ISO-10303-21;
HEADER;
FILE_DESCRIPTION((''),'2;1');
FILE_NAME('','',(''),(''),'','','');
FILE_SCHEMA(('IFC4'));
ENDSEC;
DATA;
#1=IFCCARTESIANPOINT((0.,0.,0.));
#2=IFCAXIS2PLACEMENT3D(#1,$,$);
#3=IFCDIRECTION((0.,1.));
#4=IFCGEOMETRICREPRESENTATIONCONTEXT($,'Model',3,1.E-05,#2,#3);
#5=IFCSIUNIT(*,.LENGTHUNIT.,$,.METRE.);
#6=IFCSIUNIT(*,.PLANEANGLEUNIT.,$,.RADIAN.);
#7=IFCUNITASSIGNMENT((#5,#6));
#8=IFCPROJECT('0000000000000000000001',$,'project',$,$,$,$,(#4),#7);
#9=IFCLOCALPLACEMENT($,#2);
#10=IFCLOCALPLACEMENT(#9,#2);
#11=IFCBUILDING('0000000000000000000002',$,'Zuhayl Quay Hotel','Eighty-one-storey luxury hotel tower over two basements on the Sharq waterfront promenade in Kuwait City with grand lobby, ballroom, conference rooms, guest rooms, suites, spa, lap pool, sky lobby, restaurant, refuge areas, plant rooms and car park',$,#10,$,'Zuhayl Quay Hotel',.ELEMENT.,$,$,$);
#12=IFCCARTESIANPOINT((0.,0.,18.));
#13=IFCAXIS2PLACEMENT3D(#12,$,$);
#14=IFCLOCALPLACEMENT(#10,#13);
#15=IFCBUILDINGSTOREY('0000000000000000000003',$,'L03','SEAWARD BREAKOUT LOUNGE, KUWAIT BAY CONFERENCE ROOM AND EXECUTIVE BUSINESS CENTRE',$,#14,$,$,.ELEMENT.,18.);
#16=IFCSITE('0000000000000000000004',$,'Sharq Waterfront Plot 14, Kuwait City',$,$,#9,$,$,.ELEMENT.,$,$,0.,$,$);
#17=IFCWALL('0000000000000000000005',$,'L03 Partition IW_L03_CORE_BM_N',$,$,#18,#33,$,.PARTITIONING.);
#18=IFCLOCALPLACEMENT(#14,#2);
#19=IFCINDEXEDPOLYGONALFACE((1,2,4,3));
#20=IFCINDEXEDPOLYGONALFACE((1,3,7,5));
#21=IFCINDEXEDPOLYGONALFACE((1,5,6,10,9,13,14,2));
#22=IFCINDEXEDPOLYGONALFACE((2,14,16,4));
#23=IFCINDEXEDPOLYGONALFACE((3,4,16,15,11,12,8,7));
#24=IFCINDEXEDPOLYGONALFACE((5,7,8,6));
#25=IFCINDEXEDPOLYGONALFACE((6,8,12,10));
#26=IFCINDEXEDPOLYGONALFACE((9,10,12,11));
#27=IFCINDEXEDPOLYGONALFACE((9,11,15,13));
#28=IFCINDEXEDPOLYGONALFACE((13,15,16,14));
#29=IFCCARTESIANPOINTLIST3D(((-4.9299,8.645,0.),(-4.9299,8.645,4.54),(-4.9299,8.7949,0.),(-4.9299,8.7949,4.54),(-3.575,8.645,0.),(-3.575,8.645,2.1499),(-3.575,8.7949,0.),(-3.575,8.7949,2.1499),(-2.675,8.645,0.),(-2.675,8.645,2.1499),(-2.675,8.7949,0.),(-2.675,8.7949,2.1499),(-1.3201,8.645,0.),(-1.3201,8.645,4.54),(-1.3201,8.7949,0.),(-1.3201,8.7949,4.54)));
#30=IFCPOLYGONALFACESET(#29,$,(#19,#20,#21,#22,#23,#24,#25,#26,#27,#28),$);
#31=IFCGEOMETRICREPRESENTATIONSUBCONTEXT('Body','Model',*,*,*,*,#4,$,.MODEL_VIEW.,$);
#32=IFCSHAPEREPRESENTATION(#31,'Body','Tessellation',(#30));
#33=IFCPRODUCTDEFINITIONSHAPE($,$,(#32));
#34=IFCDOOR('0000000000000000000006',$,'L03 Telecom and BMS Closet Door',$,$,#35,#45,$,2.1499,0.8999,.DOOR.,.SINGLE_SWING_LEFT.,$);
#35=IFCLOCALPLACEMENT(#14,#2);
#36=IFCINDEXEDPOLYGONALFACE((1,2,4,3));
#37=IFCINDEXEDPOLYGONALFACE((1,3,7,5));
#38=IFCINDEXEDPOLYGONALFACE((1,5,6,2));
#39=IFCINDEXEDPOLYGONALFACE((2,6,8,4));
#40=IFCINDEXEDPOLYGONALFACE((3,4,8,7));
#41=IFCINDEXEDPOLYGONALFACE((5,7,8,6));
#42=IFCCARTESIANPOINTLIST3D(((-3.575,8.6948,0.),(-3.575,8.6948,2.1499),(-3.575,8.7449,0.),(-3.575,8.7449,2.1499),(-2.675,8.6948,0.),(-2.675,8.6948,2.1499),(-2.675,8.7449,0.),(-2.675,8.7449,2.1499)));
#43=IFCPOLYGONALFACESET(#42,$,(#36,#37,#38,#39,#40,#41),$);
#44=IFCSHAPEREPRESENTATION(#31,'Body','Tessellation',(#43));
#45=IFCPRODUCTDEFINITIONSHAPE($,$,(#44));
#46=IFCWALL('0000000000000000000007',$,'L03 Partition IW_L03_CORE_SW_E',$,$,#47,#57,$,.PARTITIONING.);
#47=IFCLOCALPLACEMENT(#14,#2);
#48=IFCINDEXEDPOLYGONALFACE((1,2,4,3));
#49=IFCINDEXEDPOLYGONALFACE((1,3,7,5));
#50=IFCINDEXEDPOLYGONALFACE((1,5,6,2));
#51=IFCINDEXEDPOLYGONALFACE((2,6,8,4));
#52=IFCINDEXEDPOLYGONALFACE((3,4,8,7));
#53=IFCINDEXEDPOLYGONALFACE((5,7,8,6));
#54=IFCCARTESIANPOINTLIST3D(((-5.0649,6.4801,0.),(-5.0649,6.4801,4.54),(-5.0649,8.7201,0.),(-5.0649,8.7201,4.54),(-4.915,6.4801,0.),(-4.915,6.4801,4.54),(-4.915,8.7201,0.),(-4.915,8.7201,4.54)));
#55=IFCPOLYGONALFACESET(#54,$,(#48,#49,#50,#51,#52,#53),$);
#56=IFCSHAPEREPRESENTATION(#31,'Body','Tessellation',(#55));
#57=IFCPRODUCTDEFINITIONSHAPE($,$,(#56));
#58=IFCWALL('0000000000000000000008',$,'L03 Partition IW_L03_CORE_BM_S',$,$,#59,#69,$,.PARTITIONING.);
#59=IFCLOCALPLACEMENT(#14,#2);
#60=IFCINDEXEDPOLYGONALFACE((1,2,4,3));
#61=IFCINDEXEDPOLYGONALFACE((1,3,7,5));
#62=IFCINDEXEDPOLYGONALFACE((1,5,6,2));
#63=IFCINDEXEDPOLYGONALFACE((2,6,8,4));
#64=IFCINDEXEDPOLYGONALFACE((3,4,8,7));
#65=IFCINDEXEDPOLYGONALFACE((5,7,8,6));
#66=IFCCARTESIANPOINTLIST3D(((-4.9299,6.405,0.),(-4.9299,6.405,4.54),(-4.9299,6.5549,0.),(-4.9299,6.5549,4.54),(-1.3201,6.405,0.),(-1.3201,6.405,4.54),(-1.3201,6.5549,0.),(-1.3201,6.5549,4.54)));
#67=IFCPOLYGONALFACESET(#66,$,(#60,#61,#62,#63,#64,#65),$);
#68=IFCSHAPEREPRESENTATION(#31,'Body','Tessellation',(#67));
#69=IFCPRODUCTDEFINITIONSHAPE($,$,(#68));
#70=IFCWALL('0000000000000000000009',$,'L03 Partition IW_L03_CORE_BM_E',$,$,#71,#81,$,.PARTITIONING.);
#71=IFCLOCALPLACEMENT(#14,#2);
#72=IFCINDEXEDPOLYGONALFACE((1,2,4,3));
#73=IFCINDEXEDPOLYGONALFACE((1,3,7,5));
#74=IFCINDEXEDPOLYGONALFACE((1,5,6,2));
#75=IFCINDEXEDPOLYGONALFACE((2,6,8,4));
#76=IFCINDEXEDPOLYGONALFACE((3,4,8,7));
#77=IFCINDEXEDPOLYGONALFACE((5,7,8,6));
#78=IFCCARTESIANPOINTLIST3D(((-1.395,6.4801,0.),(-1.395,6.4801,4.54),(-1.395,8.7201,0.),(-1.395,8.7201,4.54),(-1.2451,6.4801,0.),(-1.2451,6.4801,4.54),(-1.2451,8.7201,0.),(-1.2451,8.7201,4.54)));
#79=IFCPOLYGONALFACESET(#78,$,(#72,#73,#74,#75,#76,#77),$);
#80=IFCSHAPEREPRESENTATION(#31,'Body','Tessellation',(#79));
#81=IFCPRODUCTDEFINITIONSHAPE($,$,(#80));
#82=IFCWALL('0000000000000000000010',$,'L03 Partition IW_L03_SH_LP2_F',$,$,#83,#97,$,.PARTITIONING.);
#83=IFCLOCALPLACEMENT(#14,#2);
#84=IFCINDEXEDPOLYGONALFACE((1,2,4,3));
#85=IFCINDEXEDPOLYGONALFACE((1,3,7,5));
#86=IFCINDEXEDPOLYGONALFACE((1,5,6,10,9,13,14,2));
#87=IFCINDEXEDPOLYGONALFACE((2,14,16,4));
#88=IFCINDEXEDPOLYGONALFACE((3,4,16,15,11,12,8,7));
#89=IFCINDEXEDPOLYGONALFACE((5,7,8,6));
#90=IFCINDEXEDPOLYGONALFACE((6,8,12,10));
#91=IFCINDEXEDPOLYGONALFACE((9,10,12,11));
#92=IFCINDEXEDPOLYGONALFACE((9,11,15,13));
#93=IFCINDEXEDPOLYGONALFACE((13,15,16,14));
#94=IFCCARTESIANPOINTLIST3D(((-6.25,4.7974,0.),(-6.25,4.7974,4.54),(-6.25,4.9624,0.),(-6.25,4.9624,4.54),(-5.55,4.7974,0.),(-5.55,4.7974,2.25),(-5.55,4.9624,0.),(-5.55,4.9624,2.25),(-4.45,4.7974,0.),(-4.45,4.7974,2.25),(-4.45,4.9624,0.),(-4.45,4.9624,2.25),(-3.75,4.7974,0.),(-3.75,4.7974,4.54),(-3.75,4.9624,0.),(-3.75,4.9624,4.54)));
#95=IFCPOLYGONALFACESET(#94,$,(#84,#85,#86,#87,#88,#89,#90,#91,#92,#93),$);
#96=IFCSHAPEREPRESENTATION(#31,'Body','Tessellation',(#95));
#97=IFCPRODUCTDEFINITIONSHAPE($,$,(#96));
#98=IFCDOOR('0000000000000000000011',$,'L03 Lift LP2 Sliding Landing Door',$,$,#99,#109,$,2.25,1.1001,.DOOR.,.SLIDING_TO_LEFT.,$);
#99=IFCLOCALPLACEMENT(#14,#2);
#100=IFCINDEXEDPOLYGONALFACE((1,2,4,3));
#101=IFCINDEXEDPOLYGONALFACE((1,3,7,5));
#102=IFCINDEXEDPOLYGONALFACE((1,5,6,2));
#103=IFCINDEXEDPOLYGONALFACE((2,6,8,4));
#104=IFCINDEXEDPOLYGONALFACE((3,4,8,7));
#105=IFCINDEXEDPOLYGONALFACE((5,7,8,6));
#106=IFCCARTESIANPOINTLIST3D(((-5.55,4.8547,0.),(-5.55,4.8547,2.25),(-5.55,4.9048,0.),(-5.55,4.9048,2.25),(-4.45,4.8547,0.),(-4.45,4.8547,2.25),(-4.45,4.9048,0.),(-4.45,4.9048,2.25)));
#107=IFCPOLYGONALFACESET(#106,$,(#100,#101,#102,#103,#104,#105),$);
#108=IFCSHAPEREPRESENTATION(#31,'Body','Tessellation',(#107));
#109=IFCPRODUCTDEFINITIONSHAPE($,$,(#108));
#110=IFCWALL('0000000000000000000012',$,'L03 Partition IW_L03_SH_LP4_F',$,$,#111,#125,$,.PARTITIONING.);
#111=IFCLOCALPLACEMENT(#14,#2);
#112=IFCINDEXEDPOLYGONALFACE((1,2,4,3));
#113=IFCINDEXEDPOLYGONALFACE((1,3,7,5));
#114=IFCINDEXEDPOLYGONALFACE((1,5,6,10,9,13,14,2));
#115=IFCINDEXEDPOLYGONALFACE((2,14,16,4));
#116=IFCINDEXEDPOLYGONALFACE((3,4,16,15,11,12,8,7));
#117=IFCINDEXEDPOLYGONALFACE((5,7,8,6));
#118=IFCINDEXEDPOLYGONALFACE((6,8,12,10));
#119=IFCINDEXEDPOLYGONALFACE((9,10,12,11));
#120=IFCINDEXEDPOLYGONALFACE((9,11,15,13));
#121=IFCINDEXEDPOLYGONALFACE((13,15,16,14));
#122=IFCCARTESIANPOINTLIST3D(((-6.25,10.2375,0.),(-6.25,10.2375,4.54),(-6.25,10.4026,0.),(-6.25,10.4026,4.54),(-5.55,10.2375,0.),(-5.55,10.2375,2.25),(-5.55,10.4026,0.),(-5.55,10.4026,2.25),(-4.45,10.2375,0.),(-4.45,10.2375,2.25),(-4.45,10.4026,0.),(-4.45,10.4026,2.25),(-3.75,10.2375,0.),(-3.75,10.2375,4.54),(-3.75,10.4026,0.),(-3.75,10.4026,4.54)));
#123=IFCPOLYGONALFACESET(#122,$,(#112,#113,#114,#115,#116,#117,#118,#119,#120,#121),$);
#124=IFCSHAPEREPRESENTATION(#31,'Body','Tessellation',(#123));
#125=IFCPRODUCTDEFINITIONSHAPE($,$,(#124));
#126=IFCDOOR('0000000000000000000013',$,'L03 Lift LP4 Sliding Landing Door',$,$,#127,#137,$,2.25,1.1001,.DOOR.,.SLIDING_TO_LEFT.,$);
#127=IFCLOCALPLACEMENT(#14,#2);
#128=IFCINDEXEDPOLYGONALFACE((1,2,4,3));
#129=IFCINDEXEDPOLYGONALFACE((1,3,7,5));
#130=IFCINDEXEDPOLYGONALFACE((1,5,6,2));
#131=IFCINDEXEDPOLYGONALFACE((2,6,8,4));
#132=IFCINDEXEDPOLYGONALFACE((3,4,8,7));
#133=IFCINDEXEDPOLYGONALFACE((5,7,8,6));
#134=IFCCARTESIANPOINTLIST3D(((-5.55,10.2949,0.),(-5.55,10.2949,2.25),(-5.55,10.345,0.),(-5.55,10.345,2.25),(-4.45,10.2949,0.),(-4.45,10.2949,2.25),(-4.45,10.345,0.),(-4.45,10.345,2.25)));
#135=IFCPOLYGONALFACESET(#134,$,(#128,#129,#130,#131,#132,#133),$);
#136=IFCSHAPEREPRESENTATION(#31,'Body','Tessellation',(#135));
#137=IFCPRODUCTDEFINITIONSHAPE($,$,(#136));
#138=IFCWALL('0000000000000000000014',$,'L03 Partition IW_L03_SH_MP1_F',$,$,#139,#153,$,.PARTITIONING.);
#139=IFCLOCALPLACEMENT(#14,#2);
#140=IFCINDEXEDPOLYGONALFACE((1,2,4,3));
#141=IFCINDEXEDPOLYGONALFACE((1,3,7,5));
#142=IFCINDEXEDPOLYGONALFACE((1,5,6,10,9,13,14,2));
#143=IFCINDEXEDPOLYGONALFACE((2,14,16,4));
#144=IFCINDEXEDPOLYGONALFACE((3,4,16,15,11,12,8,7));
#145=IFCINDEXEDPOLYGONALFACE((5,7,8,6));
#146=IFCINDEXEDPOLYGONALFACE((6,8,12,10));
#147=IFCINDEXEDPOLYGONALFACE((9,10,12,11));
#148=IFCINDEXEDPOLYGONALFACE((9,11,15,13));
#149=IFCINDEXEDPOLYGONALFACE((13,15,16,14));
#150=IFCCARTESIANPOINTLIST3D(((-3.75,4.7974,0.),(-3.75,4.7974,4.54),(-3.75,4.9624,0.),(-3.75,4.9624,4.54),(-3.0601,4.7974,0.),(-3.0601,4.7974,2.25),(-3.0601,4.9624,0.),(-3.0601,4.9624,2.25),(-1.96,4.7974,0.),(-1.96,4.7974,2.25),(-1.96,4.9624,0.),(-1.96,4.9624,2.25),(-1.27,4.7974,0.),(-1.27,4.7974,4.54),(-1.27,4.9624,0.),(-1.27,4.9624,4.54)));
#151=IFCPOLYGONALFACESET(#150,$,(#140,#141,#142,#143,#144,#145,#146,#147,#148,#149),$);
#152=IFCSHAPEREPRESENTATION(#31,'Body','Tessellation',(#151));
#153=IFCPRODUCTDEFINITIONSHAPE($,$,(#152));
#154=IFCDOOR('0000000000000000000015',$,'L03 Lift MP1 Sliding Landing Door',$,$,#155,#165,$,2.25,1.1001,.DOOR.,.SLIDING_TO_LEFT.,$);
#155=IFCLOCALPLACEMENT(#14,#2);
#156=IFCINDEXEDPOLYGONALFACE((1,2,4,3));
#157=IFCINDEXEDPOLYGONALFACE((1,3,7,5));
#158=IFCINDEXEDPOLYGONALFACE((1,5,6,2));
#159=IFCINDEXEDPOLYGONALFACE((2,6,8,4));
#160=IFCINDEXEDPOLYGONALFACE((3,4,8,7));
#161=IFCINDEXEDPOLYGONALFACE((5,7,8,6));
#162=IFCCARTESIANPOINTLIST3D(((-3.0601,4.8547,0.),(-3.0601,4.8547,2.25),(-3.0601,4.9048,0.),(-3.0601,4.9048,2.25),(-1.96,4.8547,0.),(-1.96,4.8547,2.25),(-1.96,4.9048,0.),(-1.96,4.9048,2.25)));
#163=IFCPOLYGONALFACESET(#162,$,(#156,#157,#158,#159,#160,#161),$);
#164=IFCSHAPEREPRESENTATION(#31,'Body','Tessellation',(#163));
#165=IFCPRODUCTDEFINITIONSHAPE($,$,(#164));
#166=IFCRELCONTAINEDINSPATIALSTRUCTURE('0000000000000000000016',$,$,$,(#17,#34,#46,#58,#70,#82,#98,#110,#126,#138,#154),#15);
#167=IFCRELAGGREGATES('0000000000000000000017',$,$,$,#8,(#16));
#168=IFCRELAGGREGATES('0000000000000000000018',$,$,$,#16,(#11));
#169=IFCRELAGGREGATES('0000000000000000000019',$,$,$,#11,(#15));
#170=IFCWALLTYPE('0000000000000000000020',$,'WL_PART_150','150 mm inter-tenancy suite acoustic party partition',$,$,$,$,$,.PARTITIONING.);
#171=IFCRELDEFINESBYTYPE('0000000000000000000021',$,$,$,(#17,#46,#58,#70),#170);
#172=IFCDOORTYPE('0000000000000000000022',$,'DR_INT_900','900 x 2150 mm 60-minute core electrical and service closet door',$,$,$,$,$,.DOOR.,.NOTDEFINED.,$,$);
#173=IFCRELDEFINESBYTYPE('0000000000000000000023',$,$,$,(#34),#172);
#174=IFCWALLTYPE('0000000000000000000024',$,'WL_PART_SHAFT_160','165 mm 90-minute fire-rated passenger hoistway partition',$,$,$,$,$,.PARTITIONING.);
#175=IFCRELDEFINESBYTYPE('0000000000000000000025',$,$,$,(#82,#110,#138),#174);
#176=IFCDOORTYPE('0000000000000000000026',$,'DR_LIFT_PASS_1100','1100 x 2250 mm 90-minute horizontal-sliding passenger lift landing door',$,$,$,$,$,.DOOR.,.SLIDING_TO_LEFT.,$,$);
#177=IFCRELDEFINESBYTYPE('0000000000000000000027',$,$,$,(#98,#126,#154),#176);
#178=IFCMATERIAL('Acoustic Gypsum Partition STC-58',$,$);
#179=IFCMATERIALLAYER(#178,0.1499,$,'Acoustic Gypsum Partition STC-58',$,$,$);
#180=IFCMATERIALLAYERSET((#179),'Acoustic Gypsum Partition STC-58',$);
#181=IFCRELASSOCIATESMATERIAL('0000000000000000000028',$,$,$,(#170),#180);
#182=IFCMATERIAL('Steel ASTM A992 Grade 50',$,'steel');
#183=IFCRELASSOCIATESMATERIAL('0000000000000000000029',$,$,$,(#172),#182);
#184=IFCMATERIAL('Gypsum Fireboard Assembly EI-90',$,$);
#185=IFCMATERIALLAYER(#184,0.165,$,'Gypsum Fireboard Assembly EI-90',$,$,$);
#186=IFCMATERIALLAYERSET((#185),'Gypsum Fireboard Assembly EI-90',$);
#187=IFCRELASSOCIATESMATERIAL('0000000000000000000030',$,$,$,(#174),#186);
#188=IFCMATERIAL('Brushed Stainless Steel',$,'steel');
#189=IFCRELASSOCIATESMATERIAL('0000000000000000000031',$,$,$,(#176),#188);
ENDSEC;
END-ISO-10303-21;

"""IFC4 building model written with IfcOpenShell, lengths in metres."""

from ifc_helpers import new_model, si_unit, direction, frame, frame_2d, origin, place, context, subcontext, project, spatial, rectangle, extrude, material, layer, layer_set, type_object, element, fill, save


model = new_model("IFC4")

# Units and contexts
model_context = context("Model", 3, precision=1e-05, world=origin(), true_north=direction((0.0, 1.0)))
body_context = subcontext(model_context, "Body", "Model", "MODEL_VIEW")
ifc_project = project(units=[si_unit("LENGTHUNIT", "METRE"), si_unit("PLANEANGLEUNIT", "RADIAN")], contexts=[model_context])

# Site, building, storey
site_placement = place(None, origin())
site = spatial("IfcSite", under=ifc_project, at=site_placement, Name="Sharq Waterfront Plot 14, Kuwait City", CompositionType="ELEMENT", RefElevation=0.0)
building_placement = place(site_placement, origin())
building = spatial("IfcBuilding", under=site, at=building_placement, Name="Zuhayl Quay Hotel", Description="Eighty-one-storey luxury hotel tower over two basements on the Sharq waterfront promenade in Kuwait City with grand lobby, ballroom, conference rooms, guest rooms, suites, spa, lap pool, sky lobby, restaurant, refuge areas, plant rooms and car park", LongName="Zuhayl Quay Hotel", CompositionType="ELEMENT")
storey_placement = place(building_placement, frame((0.0, 0.0, 18.0)))
storey = spatial("IfcBuildingStorey", under=building, at=storey_placement, Name="L03", Description="SEAWARD BREAKOUT LOUNGE, KUWAIT BAY CONFERENCE ROOM AND EXECUTIVE BUSINESS CENTRE", CompositionType="ELEMENT", Elevation=18.0)

# Wall, opening, door
ifc_material_1 = material(Name="Acoustic Gypsum Partition STC-58")
ifc_layer_1 = layer(ifc_material_1, 0.1499, Name="Acoustic Gypsum Partition STC-58")
ifc_layer_set_1 = layer_set([ifc_layer_1], Name="Acoustic Gypsum Partition STC-58")
wall_type_1 = type_object("IfcWallType", Name="WL_PART_150", Description="150 mm inter-tenancy suite acoustic party partition", PredefinedType="PARTITIONING", material=ifc_layer_set_1)
wall_1_placement = place(storey_placement, frame((-4.9299, 8.72, 0.0), z_axis=(0.0, 0.0, 1.0), x_axis=(1.0, 0.0, 0.0)))
wall_1 = element("IfcWall", 1, at=wall_1_placement, inside=storey, type_object=wall_type_1, Name="L03 Partition IW_L03_CORE_BM_N", PredefinedType="PARTITIONING", context=body_context, shape_type="SweptSolid", body=[
    extrude(rectangle(XDim=3.6099, YDim=0.1499, at=frame_2d((1.8049, 0.0))), origin(), (0.0, 0.0, 1.0), 4.54),
])
opening_1_placement = place(wall_1_placement, frame((1.355, 0.0, 0.0)))
opening_1 = element("IfcOpeningElement", 2, at=opening_1_placement, cuts=wall_1, PredefinedType="OPENING", context=body_context, shape_type="SweptSolid", body=[
    extrude(rectangle(XDim=0.8999, YDim=2.1499, at=frame_2d((0.45, 1.075))), frame((0.0, 0.085, 0.0), z_axis=(0.0, -1.0, 0.0), x_axis=(1.0, 0.0, 0.0)), (0.0, 0.0, 1.0), 0.1699),
])
ifc_material_2 = material(Name="Steel ASTM A992 Grade 50", Category="steel")
door_type_1 = type_object("IfcDoorType", Name="DR_INT_900", Description="900 x 2150 mm 60-minute core electrical and service closet door", OperationType="NOTDEFINED", PredefinedType="DOOR", material=ifc_material_2)
door_1_placement = place(opening_1_placement, origin())
door_1 = element("IfcDoor", 3, at=door_1_placement, inside=storey, type_object=door_type_1, Name="L03 Telecom and BMS Closet Door", OperationType="SINGLE_SWING_LEFT", OverallHeight=2.1499, OverallWidth=0.8999, PredefinedType="DOOR", context=body_context, shape_type="SweptSolid", body=[
    extrude(rectangle(XDim=0.8999, YDim=2.1499, at=frame_2d((0.45, 1.075))), frame((0.0, 0.0249, 0.0), z_axis=(0.0, -1.0, 0.0), x_axis=(1.0, 0.0, 0.0)), (0.0, 0.0, 1.0), 0.05),
])
fill(opening_1, door_1)

# Walls
wall_2_placement = place(storey_placement, frame((-4.99, 6.48, 0.0), z_axis=(0.0, 0.0, 1.0), x_axis=(0.0, 1.0, 0.0)))
element("IfcWall", 4, at=wall_2_placement, inside=storey, type_object=wall_type_1, Name="L03 Partition IW_L03_CORE_SW_E", PredefinedType="PARTITIONING", context=body_context, shape_type="SweptSolid", body=[
    extrude(rectangle(XDim=2.24, YDim=0.1499, at=frame_2d((1.1201, 0.0))), origin(), (0.0, 0.0, 1.0), 4.54),
])
wall_3_placement = place(storey_placement, frame((-4.9299, 6.48, 0.0), z_axis=(0.0, 0.0, 1.0), x_axis=(1.0, 0.0, 0.0)))
element("IfcWall", 5, at=wall_3_placement, inside=storey, type_object=wall_type_1, Name="L03 Partition IW_L03_CORE_BM_S", PredefinedType="PARTITIONING", context=body_context, shape_type="SweptSolid", body=[
    extrude(rectangle(XDim=3.6099, YDim=0.1499, at=frame_2d((1.8049, 0.0))), origin(), (0.0, 0.0, 1.0), 4.54),
])
wall_4_placement = place(storey_placement, frame((-1.3201, 6.48, 0.0), z_axis=(0.0, 0.0, 1.0), x_axis=(0.0, 1.0, 0.0)))
element("IfcWall", 6, at=wall_4_placement, inside=storey, type_object=wall_type_1, Name="L03 Partition IW_L03_CORE_BM_E", PredefinedType="PARTITIONING", context=body_context, shape_type="SweptSolid", body=[
    extrude(rectangle(XDim=2.24, YDim=0.1499, at=frame_2d((1.1201, 0.0))), origin(), (0.0, 0.0, 1.0), 4.54),
])

# Walls, openings, doors
ifc_material_3 = material(Name="Gypsum Fireboard Assembly EI-90")
ifc_layer_2 = layer(ifc_material_3, 0.165, Name="Gypsum Fireboard Assembly EI-90")
ifc_layer_set_2 = layer_set([ifc_layer_2], Name="Gypsum Fireboard Assembly EI-90")
wall_type_2 = type_object("IfcWallType", Name="WL_PART_SHAFT_160", Description="165 mm 90-minute fire-rated passenger hoistway partition", PredefinedType="PARTITIONING", material=ifc_layer_set_2)
wall_5_placement = place(storey_placement, frame((-6.25, 4.8799, 0.0), z_axis=(0.0, 0.0, 1.0), x_axis=(1.0, 0.0, 0.0)))
wall_5 = element("IfcWall", 7, at=wall_5_placement, inside=storey, type_object=wall_type_2, Name="L03 Partition IW_L03_SH_LP2_F", PredefinedType="PARTITIONING", context=body_context, shape_type="SweptSolid", body=[
    extrude(rectangle(XDim=2.5, YDim=0.165, at=frame_2d((1.25, 0.0))), origin(), (0.0, 0.0, 1.0), 4.54),
])
opening_2_placement = place(wall_5_placement, frame((0.7, 0.0, 0.0)))
opening_2 = element("IfcOpeningElement", 8, at=opening_2_placement, cuts=wall_5, PredefinedType="OPENING", context=body_context, shape_type="SweptSolid", body=[
    extrude(rectangle(XDim=1.1001, YDim=2.25, at=frame_2d((0.55, 1.125))), frame((0.0, 0.0925, 0.0), z_axis=(0.0, -1.0, 0.0), x_axis=(1.0, 0.0, 0.0)), (0.0, 0.0, 1.0), 0.1851),
])
ifc_material_4 = material(Name="Brushed Stainless Steel", Category="steel")
door_type_2 = type_object("IfcDoorType", Name="DR_LIFT_PASS_1100", Description="1100 x 2250 mm 90-minute horizontal-sliding passenger lift landing door", OperationType="SLIDING_TO_LEFT", PredefinedType="DOOR", material=ifc_material_4)
door_2_placement = place(opening_2_placement, origin())
door_2 = element("IfcDoor", 9, at=door_2_placement, inside=storey, type_object=door_type_2, Name="L03 Lift LP2 Sliding Landing Door", OperationType="SLIDING_TO_LEFT", OverallHeight=2.25, OverallWidth=1.1001, PredefinedType="DOOR", context=body_context, shape_type="SweptSolid", body=[
    extrude(rectangle(XDim=1.1001, YDim=2.25, at=frame_2d((0.55, 1.125))), frame((0.0, 0.0249, 0.0), z_axis=(0.0, -1.0, 0.0), x_axis=(1.0, 0.0, 0.0)), (0.0, 0.0, 1.0), 0.05),
])
fill(opening_2, door_2)
wall_6_placement = place(storey_placement, frame((-6.25, 10.3201, 0.0), z_axis=(0.0, 0.0, 1.0), x_axis=(1.0, 0.0, 0.0)))
wall_6 = element("IfcWall", 10, at=wall_6_placement, inside=storey, type_object=wall_type_2, Name="L03 Partition IW_L03_SH_LP4_F", PredefinedType="PARTITIONING", context=body_context, shape_type="SweptSolid", body=[
    extrude(rectangle(XDim=2.5, YDim=0.165, at=frame_2d((1.25, 0.0))), origin(), (0.0, 0.0, 1.0), 4.54),
])
opening_3_placement = place(wall_6_placement, frame((0.7, 0.0, 0.0)))
opening_3 = element("IfcOpeningElement", 11, at=opening_3_placement, cuts=wall_6, PredefinedType="OPENING", context=body_context, shape_type="SweptSolid", body=[
    extrude(rectangle(XDim=1.1001, YDim=2.25, at=frame_2d((0.55, 1.125))), frame((0.0, 0.0925, 0.0), z_axis=(0.0, -1.0, 0.0), x_axis=(1.0, 0.0, 0.0)), (0.0, 0.0, 1.0), 0.1851),
])
door_3_placement = place(opening_3_placement, origin())
door_3 = element("IfcDoor", 12, at=door_3_placement, inside=storey, type_object=door_type_2, Name="L03 Lift LP4 Sliding Landing Door", OperationType="SLIDING_TO_LEFT", OverallHeight=2.25, OverallWidth=1.1001, PredefinedType="DOOR", context=body_context, shape_type="SweptSolid", body=[
    extrude(rectangle(XDim=1.1001, YDim=2.25, at=frame_2d((0.55, 1.125))), frame((0.0, 0.0249, 0.0), z_axis=(0.0, -1.0, 0.0), x_axis=(1.0, 0.0, 0.0)), (0.0, 0.0, 1.0), 0.05),
])
fill(opening_3, door_3)
wall_7_placement = place(storey_placement, frame((-3.75, 4.8799, 0.0), z_axis=(0.0, 0.0, 1.0), x_axis=(1.0, 0.0, 0.0)))
wall_7 = element("IfcWall", 13, at=wall_7_placement, inside=storey, type_object=wall_type_2, Name="L03 Partition IW_L03_SH_MP1_F", PredefinedType="PARTITIONING", context=body_context, shape_type="SweptSolid", body=[
    extrude(rectangle(XDim=2.48, YDim=0.165, at=frame_2d((1.24, 0.0))), origin(), (0.0, 0.0, 1.0), 4.54),
])
opening_4_placement = place(wall_7_placement, frame((0.6899, 0.0, 0.0)))
opening_4 = element("IfcOpeningElement", 14, at=opening_4_placement, cuts=wall_7, PredefinedType="OPENING", context=body_context, shape_type="SweptSolid", body=[
    extrude(rectangle(XDim=1.1001, YDim=2.25, at=frame_2d((0.55, 1.125))), frame((0.0, 0.0925, 0.0), z_axis=(0.0, -1.0, 0.0), x_axis=(1.0, 0.0, 0.0)), (0.0, 0.0, 1.0), 0.1851),
])
door_4_placement = place(opening_4_placement, origin())
door_4 = element("IfcDoor", 15, at=door_4_placement, inside=storey, type_object=door_type_2, Name="L03 Lift MP1 Sliding Landing Door", OperationType="SLIDING_TO_LEFT", OverallHeight=2.25, OverallWidth=1.1001, PredefinedType="DOOR", context=body_context, shape_type="SweptSolid", body=[
    extrude(rectangle(XDim=1.1001, YDim=2.25, at=frame_2d((0.55, 1.125))), frame((0.0, 0.0249, 0.0), z_axis=(0.0, -1.0, 0.0), x_axis=(1.0, 0.0, 0.0)), (0.0, 0.0, 1.0), 0.05),
])
fill(opening_4, door_4)

save(model, "model.ifc")
